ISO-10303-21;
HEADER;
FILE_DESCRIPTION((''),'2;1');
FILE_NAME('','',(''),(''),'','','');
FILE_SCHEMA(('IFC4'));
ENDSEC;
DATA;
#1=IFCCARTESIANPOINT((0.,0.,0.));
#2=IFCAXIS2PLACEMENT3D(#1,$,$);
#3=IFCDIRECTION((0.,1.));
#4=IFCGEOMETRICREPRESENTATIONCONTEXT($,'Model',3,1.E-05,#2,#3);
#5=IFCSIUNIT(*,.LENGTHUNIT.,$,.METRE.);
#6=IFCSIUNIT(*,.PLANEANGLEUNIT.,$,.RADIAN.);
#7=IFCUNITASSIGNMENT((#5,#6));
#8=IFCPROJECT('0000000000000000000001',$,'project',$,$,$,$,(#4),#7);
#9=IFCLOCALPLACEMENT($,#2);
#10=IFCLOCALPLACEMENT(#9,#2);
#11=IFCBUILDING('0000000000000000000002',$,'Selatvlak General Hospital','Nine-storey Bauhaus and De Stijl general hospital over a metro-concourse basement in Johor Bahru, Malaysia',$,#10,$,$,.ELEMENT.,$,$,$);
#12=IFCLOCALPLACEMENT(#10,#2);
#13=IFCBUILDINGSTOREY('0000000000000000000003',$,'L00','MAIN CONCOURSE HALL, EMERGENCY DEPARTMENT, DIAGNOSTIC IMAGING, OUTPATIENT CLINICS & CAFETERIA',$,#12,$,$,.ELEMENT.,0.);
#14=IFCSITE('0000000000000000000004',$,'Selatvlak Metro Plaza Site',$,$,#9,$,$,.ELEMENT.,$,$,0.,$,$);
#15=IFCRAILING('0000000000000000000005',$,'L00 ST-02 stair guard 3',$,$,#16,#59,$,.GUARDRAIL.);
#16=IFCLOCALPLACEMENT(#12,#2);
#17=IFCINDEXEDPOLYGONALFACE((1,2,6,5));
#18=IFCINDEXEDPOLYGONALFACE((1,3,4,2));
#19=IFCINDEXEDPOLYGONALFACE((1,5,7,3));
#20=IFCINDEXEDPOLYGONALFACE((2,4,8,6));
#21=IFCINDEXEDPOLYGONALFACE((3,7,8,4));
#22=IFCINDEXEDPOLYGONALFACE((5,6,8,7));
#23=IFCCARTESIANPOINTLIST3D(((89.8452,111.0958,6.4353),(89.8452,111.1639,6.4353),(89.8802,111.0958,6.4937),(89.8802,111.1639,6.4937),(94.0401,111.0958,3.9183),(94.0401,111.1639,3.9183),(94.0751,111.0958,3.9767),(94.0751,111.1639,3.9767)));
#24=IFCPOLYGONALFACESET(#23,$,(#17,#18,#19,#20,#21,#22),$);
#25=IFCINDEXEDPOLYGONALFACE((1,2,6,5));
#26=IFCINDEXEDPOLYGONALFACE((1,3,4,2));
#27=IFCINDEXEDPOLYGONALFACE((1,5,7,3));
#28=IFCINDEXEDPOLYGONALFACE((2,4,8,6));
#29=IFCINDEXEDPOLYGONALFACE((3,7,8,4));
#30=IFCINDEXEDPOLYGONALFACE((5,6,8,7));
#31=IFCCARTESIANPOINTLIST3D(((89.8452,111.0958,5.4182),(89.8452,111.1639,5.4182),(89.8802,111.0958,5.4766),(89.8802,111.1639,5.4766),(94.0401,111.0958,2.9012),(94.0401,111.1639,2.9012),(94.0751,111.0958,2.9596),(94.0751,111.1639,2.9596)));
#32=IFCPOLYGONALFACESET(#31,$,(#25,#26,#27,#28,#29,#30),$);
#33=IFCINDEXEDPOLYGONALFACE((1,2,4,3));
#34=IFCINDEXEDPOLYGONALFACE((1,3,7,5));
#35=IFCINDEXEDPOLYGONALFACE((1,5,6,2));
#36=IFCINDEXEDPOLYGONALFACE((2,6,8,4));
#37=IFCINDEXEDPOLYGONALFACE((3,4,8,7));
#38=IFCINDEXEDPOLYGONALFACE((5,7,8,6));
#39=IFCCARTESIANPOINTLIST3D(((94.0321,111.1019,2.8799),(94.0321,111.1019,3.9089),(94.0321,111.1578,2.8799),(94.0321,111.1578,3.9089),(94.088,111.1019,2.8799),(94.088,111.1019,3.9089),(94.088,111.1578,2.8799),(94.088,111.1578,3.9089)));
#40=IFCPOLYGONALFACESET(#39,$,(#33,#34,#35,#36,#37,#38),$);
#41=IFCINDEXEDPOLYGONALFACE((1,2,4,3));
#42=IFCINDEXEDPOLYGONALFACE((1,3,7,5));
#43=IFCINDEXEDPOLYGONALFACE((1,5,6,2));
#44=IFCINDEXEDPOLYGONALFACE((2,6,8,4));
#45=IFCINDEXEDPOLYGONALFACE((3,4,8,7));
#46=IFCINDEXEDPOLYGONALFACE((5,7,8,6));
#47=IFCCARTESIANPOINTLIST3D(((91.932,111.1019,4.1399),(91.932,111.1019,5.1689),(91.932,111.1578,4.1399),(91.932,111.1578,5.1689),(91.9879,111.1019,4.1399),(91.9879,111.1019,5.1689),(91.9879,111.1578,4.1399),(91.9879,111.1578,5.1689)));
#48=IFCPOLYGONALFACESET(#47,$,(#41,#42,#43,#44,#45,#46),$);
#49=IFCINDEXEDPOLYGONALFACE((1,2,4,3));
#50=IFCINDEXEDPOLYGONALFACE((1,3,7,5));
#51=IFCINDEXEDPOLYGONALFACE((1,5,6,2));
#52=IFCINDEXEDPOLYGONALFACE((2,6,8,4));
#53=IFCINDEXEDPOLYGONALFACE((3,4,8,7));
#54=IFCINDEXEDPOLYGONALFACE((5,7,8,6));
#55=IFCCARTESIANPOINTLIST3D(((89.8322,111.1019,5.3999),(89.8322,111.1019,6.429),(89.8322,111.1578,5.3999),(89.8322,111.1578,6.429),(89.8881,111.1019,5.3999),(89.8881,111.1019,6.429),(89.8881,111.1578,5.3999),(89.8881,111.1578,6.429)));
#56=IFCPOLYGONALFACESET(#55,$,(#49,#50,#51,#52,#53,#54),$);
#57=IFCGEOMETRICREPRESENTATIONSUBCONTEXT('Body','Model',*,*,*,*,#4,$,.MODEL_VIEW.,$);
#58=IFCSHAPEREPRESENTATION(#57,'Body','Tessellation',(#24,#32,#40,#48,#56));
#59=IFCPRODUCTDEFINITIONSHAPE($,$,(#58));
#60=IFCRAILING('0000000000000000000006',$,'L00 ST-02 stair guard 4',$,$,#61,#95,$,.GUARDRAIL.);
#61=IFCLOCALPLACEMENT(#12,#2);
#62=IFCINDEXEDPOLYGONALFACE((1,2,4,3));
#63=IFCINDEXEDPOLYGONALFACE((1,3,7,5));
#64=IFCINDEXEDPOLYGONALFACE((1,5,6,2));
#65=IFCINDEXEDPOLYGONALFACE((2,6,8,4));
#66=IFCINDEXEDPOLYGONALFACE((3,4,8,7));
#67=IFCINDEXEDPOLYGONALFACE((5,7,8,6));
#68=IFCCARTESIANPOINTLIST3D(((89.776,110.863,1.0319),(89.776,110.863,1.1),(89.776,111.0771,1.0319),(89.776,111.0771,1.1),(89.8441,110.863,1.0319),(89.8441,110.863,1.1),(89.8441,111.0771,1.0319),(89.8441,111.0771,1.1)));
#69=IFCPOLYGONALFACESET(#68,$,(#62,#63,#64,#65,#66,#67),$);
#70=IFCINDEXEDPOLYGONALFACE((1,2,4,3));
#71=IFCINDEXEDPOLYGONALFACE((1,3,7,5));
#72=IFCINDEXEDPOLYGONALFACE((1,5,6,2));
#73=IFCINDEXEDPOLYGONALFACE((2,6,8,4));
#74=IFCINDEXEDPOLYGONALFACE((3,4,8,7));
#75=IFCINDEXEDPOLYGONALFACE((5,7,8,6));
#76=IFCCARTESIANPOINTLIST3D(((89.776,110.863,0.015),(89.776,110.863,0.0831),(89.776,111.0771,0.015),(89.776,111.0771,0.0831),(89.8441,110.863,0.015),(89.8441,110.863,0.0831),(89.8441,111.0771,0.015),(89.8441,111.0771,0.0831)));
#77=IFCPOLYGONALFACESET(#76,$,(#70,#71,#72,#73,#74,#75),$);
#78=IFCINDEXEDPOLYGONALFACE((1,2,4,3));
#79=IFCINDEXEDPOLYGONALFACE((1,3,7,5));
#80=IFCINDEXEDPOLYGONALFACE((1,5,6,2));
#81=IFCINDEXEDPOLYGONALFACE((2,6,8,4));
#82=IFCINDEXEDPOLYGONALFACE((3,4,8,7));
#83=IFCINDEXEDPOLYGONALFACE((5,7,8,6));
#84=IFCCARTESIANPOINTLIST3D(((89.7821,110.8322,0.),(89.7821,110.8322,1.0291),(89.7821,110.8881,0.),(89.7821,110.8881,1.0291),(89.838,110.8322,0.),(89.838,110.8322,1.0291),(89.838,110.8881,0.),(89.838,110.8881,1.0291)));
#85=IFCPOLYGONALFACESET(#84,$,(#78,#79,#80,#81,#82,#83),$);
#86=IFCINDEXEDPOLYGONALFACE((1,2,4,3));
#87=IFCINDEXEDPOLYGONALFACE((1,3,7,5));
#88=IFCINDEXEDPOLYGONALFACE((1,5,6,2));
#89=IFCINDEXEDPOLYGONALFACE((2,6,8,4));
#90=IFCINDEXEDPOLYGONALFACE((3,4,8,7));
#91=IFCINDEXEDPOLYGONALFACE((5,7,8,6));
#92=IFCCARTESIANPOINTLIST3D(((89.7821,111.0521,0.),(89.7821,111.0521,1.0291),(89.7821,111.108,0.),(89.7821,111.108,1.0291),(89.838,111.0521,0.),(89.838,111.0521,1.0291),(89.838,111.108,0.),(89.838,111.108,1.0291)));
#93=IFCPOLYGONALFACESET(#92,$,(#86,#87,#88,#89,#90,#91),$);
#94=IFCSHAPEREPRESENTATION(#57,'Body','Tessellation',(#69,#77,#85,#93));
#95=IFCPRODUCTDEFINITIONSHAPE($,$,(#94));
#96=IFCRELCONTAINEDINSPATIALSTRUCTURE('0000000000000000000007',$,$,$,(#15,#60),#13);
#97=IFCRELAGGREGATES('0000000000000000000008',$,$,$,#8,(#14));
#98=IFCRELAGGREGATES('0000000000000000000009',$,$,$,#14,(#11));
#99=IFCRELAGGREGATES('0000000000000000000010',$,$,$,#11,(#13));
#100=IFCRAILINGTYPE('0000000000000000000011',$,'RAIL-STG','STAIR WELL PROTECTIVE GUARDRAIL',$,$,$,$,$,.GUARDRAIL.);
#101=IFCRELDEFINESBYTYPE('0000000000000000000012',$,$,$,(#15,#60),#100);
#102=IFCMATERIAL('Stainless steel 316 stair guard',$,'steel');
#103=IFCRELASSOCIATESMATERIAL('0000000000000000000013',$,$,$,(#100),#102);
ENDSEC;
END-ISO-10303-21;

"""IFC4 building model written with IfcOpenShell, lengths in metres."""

from ifc_helpers import new_model, si_unit, direction, frame, origin, origin_2d, place, context, subcontext, project, spatial, rectangle, extrude, material, type_object, element, save


model = new_model("IFC4")

# Units and contexts
model_context = context("Model", 3, precision=1e-05, world=origin(), true_north=direction((0.0, 1.0)))
body_context = subcontext(model_context, "Body", "Model", "MODEL_VIEW")
ifc_project = project(units=[si_unit("LENGTHUNIT", "METRE"), si_unit("PLANEANGLEUNIT", "RADIAN")], contexts=[model_context])

# Site, building, storey
site_placement = place(None, origin())
site = spatial("IfcSite", under=ifc_project, at=site_placement, Name="Selatvlak Metro Plaza Site", CompositionType="ELEMENT", RefElevation=0.0)
building_placement = place(site_placement, origin())
building = spatial("IfcBuilding", under=site, at=building_placement, Name="Selatvlak General Hospital", Description="Nine-storey Bauhaus and De Stijl general hospital over a metro-concourse basement in Johor Bahru, Malaysia", CompositionType="ELEMENT")
storey_placement = place(building_placement, origin())
storey = spatial("IfcBuildingStorey", under=building, at=storey_placement, Name="L00", Description="MAIN CONCOURSE HALL, EMERGENCY DEPARTMENT, DIAGNOSTIC IMAGING, OUTPATIENT CLINICS & CAFETERIA", CompositionType="ELEMENT", Elevation=0.0)

# Railings
ifc_material_1 = material(Name="Stainless steel 316 stair guard", Category="steel")
railing_type_1 = type_object("IfcRailingType", Name="RAIL-STG", Description="STAIR WELL PROTECTIVE GUARDRAIL", PredefinedType="GUARDRAIL", material=ifc_material_1)
railing_1_placement = place(storey_placement, frame((94.0601, 111.1299, 2.8799)))
element("IfcRailing", 1, at=railing_1_placement, inside=storey, type_object=railing_type_1, Name="L00 ST-02 stair guard 3", PredefinedType="GUARDRAIL", context=body_context, shape_type="SweptSolid", body=[
    extrude(rectangle(XDim=0.0681, YDim=0.0681, at=origin_2d()), frame((-0.0024, 0.0, 1.0676), z_axis=(-0.857489, 0.0, 0.514503), x_axis=(0.0, -1.0, 0.0)), (0.0, 0.0, 1.0), 4.8921),
    extrude(rectangle(XDim=0.0681, YDim=0.0681, at=origin_2d()), frame((-0.0024, 0.0, 0.0505), z_axis=(-0.857489, 0.0, 0.514503), x_axis=(0.0, -1.0, 0.0)), (0.0, 0.0, 1.0), 4.8921),
    extrude(rectangle(XDim=0.0559, YDim=0.0559, at=origin_2d()), origin(), (0.0, 0.0, 1.0), 1.0291),
    extrude(rectangle(XDim=0.0559, YDim=0.0559, at=origin_2d()), frame((-2.1001, 0.0, 1.26)), (0.0, 0.0, 1.0), 1.0291),
    extrude(rectangle(XDim=0.0559, YDim=0.0559, at=origin_2d()), frame((-4.2, 0.0, 2.52)), (0.0, 0.0, 1.0), 1.0291),
])
railing_2_placement = place(storey_placement, frame((89.8101, 110.8601, 0.0)))
element("IfcRailing", 2, at=railing_2_placement, inside=storey, type_object=railing_type_1, Name="L00 ST-02 stair guard 4", PredefinedType="GUARDRAIL", context=body_context, shape_type="SweptSolid", body=[
    extrude(rectangle(XDim=0.0681, YDim=0.0681, at=origin_2d()), frame((0.0, 0.0029, 1.0659), z_axis=(0.0, 1.0, 0.0), x_axis=(-1.0, 0.0, 0.0)), (0.0, 0.0, 1.0), 0.2141),
    extrude(rectangle(XDim=0.0681, YDim=0.0681, at=origin_2d()), frame((0.0, 0.0029, 0.0491), z_axis=(0.0, 1.0, 0.0), x_axis=(-1.0, 0.0, 0.0)), (0.0, 0.0, 1.0), 0.2141),
    extrude(rectangle(XDim=0.0559, YDim=0.0559, at=origin_2d()), origin(), (0.0, 0.0, 1.0), 1.0291),
    extrude(rectangle(XDim=0.0559, YDim=0.0559, at=origin_2d()), frame((0.0, 0.22, 0.0)), (0.0, 0.0, 1.0), 1.0291),
])

save(model, "model.ifc")
